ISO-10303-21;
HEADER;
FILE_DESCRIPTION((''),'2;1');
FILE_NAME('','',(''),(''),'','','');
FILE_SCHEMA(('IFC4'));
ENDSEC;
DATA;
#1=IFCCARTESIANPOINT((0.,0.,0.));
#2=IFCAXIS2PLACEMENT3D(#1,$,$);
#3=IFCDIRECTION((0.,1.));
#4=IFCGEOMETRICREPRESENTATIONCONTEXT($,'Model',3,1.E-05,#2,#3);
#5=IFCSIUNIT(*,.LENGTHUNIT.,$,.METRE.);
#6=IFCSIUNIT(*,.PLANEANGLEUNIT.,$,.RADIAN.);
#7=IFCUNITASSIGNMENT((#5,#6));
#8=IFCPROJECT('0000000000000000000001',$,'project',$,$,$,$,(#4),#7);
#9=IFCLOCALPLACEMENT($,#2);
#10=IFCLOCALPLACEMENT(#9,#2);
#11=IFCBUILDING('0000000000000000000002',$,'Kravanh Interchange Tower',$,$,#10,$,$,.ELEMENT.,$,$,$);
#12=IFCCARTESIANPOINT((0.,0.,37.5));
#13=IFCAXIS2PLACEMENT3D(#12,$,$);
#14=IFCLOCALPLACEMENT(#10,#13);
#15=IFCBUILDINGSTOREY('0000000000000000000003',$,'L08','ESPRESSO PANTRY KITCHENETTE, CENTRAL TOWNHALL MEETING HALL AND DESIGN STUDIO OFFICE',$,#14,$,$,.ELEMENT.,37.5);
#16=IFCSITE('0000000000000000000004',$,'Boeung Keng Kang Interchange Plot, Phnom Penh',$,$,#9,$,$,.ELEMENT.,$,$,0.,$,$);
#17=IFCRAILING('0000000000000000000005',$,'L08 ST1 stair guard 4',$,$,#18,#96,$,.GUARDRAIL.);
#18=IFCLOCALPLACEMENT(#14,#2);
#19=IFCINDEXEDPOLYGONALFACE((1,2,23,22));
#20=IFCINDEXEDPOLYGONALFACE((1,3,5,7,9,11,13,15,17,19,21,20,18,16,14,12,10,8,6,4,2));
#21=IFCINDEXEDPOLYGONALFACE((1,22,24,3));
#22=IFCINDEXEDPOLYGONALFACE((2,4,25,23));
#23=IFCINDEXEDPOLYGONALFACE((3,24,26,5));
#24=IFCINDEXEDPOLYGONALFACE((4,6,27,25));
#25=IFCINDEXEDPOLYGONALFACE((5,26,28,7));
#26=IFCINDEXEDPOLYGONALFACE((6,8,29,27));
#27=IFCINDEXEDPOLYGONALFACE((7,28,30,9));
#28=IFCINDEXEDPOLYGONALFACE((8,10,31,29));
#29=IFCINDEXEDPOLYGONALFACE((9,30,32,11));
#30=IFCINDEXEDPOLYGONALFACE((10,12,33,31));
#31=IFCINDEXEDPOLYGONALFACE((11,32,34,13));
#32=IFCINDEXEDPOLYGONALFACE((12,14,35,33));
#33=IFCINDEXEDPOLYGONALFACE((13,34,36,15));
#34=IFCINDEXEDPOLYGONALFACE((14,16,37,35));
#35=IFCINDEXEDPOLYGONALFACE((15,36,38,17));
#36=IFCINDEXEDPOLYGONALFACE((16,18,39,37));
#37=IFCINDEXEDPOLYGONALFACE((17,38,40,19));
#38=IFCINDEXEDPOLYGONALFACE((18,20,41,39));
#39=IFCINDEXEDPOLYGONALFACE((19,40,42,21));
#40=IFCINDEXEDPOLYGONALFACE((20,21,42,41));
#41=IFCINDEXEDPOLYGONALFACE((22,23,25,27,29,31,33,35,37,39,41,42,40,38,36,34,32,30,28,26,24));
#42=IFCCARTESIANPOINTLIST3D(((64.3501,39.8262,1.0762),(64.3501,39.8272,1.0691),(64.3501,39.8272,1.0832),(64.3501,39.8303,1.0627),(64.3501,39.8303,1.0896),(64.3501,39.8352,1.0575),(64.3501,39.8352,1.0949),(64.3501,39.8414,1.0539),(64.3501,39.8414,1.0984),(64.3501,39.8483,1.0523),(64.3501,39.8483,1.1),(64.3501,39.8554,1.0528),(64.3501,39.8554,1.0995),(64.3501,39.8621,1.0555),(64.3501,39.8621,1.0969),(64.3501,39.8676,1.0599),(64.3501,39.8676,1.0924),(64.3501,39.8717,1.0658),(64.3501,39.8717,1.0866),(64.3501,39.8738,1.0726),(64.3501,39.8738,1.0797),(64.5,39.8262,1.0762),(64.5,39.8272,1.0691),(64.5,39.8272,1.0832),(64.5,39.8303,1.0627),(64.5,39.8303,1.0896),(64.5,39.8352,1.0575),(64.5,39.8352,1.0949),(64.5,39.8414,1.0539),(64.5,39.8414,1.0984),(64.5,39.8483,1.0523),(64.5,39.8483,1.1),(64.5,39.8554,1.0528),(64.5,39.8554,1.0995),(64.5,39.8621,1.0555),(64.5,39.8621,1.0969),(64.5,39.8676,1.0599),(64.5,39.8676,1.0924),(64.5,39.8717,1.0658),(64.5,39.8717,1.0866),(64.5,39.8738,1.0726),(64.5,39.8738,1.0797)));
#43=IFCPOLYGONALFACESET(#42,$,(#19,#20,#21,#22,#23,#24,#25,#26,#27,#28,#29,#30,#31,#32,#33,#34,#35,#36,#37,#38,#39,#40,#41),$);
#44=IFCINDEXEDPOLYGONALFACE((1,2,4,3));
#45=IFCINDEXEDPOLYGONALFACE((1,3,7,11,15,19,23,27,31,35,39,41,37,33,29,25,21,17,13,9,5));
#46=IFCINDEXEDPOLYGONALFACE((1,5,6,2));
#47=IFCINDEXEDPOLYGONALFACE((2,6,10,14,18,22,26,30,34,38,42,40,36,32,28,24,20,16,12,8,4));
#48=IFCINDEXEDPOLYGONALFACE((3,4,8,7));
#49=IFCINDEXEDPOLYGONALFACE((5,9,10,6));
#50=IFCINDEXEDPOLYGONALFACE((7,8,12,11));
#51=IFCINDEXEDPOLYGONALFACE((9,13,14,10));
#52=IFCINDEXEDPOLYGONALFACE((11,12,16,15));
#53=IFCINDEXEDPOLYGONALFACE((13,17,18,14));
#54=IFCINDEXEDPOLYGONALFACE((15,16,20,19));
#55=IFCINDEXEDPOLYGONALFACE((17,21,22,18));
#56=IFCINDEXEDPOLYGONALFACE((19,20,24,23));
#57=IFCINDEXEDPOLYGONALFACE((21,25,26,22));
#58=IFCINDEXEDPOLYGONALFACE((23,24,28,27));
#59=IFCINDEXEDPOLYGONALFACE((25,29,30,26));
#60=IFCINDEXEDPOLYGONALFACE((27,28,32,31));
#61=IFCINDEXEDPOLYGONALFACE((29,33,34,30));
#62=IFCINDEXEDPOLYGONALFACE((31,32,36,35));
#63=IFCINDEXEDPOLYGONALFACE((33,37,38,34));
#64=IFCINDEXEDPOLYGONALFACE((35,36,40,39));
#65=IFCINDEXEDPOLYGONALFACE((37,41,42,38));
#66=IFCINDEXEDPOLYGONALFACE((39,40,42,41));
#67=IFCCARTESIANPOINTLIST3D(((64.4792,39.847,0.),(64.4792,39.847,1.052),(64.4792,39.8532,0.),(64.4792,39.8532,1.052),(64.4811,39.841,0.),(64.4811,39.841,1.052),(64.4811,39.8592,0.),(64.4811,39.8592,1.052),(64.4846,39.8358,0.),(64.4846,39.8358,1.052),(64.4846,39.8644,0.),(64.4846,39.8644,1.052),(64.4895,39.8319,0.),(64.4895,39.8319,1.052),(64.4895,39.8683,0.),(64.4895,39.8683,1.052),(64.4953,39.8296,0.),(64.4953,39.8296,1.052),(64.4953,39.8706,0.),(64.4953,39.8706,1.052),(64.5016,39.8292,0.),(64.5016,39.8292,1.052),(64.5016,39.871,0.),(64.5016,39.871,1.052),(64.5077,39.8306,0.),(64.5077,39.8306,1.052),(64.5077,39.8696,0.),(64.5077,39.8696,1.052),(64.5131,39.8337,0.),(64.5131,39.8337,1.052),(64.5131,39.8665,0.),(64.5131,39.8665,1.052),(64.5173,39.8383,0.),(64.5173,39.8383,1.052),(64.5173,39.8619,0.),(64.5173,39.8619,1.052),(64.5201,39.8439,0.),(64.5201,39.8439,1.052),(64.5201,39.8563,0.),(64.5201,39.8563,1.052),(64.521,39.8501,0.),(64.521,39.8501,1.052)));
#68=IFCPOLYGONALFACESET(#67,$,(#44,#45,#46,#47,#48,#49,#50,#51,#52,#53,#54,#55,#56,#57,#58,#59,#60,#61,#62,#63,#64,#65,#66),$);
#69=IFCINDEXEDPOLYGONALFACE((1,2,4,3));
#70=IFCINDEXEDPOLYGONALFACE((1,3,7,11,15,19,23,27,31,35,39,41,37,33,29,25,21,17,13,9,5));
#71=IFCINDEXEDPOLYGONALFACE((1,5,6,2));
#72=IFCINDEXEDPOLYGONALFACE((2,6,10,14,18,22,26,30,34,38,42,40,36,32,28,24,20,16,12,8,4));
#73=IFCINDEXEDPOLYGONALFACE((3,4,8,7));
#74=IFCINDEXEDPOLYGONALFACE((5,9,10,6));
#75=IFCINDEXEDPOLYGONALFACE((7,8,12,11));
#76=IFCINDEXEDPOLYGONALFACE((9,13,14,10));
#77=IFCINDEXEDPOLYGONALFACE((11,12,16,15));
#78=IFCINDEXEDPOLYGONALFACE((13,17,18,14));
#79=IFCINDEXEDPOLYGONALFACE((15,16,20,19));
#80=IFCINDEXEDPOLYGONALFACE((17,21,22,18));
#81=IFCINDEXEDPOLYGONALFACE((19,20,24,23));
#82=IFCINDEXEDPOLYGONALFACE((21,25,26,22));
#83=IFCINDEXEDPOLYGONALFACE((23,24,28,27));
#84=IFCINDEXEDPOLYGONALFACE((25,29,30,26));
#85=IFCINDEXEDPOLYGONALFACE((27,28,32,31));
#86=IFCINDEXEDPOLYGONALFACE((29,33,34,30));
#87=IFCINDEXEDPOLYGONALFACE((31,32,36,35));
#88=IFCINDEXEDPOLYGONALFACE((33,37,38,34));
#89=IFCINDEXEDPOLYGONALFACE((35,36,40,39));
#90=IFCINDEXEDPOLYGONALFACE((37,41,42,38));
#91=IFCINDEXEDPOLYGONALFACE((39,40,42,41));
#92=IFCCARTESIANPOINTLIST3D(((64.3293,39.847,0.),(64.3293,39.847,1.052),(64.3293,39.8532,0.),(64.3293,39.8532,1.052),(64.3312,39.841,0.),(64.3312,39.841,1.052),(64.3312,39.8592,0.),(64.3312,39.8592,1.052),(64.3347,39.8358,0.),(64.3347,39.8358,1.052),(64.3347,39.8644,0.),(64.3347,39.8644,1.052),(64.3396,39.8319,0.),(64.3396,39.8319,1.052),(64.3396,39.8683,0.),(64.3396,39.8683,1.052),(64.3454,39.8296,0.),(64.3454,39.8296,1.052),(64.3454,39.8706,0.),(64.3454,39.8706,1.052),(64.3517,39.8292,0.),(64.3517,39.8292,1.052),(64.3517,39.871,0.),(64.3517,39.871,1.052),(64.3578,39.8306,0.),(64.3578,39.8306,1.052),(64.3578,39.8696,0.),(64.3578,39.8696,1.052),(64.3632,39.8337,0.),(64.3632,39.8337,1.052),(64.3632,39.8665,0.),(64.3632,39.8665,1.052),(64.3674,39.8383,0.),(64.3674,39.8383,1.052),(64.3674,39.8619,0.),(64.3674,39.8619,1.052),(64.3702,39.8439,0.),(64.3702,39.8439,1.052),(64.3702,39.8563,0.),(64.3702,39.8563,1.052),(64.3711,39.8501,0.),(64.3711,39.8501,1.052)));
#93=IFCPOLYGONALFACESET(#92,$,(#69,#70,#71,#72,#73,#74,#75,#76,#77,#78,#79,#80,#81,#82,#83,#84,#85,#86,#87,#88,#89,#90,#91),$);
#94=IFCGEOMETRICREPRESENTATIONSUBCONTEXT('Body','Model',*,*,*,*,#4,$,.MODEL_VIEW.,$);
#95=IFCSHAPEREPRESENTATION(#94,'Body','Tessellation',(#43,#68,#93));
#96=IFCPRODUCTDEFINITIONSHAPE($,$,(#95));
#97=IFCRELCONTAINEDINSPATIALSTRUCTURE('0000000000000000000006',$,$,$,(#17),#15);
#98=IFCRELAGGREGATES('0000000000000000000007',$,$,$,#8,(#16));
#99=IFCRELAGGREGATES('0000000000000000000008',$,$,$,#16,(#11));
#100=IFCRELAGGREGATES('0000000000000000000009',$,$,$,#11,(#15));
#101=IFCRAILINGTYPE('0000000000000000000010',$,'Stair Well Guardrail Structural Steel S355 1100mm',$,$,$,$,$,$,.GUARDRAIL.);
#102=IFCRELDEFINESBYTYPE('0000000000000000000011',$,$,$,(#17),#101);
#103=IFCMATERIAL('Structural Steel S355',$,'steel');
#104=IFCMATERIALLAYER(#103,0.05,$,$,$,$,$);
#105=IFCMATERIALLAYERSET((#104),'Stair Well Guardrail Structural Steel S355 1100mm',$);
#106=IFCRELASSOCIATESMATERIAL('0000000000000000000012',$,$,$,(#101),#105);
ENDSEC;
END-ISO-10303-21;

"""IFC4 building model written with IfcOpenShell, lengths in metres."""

from ifc_helpers import new_model, si_unit, direction, frame, origin, origin_2d, place, context, subcontext, project, spatial, circle, extrude, material, layer, layer_set, type_object, element, save


model = new_model("IFC4")

# Units and contexts
model_context = context("Model", 3, precision=1e-05, world=origin(), true_north=direction((0.0, 1.0)))
body_context = subcontext(model_context, "Body", "Model", "MODEL_VIEW")
ifc_project = project(units=[si_unit("LENGTHUNIT", "METRE"), si_unit("PLANEANGLEUNIT", "RADIAN")], contexts=[model_context])

# Site, building, storey
site_placement = place(None, origin())
site = spatial("IfcSite", under=ifc_project, at=site_placement, Name="Boeung Keng Kang Interchange Plot, Phnom Penh", CompositionType="ELEMENT", RefElevation=0.0)
building_placement = place(site_placement, origin())
building = spatial("IfcBuilding", under=site, at=building_placement, Name="Kravanh Interchange Tower", CompositionType="ELEMENT")
storey_placement = place(building_placement, frame((0.0, 0.0, 37.5)))
storey = spatial("IfcBuildingStorey", under=building, at=storey_placement, Name="L08", Description="ESPRESSO PANTRY KITCHENETTE, CENTRAL TOWNHALL MEETING HALL AND DESIGN STUDIO OFFICE", CompositionType="ELEMENT", Elevation=37.5)

# Railing
ifc_material_1 = material(Name="Structural Steel S355", Category="steel")
ifc_layer_1 = layer(ifc_material_1, 0.05)
ifc_layer_set_1 = layer_set([ifc_layer_1], Name="Stair Well Guardrail Structural Steel S355 1100mm")
railing_type_1 = type_object("IfcRailingType", Name="Stair Well Guardrail Structural Steel S355 1100mm", PredefinedType="GUARDRAIL", material=ifc_layer_set_1)
railing_1_placement = place(storey_placement, frame((64.5, 39.8501, 0.0)))
element("IfcRailing", 1, at=railing_1_placement, inside=storey, type_object=railing_type_1, Name="L08 ST1 stair guard 4", PredefinedType="GUARDRAIL", context=body_context, shape_type="SweptSolid", body=[
    extrude(circle(Radius=0.0239, at=origin_2d()), frame((0.0, 0.0, 1.0762), z_axis=(-1.0, 0.0, 0.0), x_axis=(0.0, -1.0, 0.0)), (0.0, 0.0, 1.0), 0.1499),
    extrude(circle(Radius=0.021, at=origin_2d()), origin(), (0.0, 0.0, 1.0), 1.052),
    extrude(circle(Radius=0.021, at=origin_2d()), frame((-0.1499, 0.0, 0.0)), (0.0, 0.0, 1.0), 1.052),
])

save(model, "model.ifc")
